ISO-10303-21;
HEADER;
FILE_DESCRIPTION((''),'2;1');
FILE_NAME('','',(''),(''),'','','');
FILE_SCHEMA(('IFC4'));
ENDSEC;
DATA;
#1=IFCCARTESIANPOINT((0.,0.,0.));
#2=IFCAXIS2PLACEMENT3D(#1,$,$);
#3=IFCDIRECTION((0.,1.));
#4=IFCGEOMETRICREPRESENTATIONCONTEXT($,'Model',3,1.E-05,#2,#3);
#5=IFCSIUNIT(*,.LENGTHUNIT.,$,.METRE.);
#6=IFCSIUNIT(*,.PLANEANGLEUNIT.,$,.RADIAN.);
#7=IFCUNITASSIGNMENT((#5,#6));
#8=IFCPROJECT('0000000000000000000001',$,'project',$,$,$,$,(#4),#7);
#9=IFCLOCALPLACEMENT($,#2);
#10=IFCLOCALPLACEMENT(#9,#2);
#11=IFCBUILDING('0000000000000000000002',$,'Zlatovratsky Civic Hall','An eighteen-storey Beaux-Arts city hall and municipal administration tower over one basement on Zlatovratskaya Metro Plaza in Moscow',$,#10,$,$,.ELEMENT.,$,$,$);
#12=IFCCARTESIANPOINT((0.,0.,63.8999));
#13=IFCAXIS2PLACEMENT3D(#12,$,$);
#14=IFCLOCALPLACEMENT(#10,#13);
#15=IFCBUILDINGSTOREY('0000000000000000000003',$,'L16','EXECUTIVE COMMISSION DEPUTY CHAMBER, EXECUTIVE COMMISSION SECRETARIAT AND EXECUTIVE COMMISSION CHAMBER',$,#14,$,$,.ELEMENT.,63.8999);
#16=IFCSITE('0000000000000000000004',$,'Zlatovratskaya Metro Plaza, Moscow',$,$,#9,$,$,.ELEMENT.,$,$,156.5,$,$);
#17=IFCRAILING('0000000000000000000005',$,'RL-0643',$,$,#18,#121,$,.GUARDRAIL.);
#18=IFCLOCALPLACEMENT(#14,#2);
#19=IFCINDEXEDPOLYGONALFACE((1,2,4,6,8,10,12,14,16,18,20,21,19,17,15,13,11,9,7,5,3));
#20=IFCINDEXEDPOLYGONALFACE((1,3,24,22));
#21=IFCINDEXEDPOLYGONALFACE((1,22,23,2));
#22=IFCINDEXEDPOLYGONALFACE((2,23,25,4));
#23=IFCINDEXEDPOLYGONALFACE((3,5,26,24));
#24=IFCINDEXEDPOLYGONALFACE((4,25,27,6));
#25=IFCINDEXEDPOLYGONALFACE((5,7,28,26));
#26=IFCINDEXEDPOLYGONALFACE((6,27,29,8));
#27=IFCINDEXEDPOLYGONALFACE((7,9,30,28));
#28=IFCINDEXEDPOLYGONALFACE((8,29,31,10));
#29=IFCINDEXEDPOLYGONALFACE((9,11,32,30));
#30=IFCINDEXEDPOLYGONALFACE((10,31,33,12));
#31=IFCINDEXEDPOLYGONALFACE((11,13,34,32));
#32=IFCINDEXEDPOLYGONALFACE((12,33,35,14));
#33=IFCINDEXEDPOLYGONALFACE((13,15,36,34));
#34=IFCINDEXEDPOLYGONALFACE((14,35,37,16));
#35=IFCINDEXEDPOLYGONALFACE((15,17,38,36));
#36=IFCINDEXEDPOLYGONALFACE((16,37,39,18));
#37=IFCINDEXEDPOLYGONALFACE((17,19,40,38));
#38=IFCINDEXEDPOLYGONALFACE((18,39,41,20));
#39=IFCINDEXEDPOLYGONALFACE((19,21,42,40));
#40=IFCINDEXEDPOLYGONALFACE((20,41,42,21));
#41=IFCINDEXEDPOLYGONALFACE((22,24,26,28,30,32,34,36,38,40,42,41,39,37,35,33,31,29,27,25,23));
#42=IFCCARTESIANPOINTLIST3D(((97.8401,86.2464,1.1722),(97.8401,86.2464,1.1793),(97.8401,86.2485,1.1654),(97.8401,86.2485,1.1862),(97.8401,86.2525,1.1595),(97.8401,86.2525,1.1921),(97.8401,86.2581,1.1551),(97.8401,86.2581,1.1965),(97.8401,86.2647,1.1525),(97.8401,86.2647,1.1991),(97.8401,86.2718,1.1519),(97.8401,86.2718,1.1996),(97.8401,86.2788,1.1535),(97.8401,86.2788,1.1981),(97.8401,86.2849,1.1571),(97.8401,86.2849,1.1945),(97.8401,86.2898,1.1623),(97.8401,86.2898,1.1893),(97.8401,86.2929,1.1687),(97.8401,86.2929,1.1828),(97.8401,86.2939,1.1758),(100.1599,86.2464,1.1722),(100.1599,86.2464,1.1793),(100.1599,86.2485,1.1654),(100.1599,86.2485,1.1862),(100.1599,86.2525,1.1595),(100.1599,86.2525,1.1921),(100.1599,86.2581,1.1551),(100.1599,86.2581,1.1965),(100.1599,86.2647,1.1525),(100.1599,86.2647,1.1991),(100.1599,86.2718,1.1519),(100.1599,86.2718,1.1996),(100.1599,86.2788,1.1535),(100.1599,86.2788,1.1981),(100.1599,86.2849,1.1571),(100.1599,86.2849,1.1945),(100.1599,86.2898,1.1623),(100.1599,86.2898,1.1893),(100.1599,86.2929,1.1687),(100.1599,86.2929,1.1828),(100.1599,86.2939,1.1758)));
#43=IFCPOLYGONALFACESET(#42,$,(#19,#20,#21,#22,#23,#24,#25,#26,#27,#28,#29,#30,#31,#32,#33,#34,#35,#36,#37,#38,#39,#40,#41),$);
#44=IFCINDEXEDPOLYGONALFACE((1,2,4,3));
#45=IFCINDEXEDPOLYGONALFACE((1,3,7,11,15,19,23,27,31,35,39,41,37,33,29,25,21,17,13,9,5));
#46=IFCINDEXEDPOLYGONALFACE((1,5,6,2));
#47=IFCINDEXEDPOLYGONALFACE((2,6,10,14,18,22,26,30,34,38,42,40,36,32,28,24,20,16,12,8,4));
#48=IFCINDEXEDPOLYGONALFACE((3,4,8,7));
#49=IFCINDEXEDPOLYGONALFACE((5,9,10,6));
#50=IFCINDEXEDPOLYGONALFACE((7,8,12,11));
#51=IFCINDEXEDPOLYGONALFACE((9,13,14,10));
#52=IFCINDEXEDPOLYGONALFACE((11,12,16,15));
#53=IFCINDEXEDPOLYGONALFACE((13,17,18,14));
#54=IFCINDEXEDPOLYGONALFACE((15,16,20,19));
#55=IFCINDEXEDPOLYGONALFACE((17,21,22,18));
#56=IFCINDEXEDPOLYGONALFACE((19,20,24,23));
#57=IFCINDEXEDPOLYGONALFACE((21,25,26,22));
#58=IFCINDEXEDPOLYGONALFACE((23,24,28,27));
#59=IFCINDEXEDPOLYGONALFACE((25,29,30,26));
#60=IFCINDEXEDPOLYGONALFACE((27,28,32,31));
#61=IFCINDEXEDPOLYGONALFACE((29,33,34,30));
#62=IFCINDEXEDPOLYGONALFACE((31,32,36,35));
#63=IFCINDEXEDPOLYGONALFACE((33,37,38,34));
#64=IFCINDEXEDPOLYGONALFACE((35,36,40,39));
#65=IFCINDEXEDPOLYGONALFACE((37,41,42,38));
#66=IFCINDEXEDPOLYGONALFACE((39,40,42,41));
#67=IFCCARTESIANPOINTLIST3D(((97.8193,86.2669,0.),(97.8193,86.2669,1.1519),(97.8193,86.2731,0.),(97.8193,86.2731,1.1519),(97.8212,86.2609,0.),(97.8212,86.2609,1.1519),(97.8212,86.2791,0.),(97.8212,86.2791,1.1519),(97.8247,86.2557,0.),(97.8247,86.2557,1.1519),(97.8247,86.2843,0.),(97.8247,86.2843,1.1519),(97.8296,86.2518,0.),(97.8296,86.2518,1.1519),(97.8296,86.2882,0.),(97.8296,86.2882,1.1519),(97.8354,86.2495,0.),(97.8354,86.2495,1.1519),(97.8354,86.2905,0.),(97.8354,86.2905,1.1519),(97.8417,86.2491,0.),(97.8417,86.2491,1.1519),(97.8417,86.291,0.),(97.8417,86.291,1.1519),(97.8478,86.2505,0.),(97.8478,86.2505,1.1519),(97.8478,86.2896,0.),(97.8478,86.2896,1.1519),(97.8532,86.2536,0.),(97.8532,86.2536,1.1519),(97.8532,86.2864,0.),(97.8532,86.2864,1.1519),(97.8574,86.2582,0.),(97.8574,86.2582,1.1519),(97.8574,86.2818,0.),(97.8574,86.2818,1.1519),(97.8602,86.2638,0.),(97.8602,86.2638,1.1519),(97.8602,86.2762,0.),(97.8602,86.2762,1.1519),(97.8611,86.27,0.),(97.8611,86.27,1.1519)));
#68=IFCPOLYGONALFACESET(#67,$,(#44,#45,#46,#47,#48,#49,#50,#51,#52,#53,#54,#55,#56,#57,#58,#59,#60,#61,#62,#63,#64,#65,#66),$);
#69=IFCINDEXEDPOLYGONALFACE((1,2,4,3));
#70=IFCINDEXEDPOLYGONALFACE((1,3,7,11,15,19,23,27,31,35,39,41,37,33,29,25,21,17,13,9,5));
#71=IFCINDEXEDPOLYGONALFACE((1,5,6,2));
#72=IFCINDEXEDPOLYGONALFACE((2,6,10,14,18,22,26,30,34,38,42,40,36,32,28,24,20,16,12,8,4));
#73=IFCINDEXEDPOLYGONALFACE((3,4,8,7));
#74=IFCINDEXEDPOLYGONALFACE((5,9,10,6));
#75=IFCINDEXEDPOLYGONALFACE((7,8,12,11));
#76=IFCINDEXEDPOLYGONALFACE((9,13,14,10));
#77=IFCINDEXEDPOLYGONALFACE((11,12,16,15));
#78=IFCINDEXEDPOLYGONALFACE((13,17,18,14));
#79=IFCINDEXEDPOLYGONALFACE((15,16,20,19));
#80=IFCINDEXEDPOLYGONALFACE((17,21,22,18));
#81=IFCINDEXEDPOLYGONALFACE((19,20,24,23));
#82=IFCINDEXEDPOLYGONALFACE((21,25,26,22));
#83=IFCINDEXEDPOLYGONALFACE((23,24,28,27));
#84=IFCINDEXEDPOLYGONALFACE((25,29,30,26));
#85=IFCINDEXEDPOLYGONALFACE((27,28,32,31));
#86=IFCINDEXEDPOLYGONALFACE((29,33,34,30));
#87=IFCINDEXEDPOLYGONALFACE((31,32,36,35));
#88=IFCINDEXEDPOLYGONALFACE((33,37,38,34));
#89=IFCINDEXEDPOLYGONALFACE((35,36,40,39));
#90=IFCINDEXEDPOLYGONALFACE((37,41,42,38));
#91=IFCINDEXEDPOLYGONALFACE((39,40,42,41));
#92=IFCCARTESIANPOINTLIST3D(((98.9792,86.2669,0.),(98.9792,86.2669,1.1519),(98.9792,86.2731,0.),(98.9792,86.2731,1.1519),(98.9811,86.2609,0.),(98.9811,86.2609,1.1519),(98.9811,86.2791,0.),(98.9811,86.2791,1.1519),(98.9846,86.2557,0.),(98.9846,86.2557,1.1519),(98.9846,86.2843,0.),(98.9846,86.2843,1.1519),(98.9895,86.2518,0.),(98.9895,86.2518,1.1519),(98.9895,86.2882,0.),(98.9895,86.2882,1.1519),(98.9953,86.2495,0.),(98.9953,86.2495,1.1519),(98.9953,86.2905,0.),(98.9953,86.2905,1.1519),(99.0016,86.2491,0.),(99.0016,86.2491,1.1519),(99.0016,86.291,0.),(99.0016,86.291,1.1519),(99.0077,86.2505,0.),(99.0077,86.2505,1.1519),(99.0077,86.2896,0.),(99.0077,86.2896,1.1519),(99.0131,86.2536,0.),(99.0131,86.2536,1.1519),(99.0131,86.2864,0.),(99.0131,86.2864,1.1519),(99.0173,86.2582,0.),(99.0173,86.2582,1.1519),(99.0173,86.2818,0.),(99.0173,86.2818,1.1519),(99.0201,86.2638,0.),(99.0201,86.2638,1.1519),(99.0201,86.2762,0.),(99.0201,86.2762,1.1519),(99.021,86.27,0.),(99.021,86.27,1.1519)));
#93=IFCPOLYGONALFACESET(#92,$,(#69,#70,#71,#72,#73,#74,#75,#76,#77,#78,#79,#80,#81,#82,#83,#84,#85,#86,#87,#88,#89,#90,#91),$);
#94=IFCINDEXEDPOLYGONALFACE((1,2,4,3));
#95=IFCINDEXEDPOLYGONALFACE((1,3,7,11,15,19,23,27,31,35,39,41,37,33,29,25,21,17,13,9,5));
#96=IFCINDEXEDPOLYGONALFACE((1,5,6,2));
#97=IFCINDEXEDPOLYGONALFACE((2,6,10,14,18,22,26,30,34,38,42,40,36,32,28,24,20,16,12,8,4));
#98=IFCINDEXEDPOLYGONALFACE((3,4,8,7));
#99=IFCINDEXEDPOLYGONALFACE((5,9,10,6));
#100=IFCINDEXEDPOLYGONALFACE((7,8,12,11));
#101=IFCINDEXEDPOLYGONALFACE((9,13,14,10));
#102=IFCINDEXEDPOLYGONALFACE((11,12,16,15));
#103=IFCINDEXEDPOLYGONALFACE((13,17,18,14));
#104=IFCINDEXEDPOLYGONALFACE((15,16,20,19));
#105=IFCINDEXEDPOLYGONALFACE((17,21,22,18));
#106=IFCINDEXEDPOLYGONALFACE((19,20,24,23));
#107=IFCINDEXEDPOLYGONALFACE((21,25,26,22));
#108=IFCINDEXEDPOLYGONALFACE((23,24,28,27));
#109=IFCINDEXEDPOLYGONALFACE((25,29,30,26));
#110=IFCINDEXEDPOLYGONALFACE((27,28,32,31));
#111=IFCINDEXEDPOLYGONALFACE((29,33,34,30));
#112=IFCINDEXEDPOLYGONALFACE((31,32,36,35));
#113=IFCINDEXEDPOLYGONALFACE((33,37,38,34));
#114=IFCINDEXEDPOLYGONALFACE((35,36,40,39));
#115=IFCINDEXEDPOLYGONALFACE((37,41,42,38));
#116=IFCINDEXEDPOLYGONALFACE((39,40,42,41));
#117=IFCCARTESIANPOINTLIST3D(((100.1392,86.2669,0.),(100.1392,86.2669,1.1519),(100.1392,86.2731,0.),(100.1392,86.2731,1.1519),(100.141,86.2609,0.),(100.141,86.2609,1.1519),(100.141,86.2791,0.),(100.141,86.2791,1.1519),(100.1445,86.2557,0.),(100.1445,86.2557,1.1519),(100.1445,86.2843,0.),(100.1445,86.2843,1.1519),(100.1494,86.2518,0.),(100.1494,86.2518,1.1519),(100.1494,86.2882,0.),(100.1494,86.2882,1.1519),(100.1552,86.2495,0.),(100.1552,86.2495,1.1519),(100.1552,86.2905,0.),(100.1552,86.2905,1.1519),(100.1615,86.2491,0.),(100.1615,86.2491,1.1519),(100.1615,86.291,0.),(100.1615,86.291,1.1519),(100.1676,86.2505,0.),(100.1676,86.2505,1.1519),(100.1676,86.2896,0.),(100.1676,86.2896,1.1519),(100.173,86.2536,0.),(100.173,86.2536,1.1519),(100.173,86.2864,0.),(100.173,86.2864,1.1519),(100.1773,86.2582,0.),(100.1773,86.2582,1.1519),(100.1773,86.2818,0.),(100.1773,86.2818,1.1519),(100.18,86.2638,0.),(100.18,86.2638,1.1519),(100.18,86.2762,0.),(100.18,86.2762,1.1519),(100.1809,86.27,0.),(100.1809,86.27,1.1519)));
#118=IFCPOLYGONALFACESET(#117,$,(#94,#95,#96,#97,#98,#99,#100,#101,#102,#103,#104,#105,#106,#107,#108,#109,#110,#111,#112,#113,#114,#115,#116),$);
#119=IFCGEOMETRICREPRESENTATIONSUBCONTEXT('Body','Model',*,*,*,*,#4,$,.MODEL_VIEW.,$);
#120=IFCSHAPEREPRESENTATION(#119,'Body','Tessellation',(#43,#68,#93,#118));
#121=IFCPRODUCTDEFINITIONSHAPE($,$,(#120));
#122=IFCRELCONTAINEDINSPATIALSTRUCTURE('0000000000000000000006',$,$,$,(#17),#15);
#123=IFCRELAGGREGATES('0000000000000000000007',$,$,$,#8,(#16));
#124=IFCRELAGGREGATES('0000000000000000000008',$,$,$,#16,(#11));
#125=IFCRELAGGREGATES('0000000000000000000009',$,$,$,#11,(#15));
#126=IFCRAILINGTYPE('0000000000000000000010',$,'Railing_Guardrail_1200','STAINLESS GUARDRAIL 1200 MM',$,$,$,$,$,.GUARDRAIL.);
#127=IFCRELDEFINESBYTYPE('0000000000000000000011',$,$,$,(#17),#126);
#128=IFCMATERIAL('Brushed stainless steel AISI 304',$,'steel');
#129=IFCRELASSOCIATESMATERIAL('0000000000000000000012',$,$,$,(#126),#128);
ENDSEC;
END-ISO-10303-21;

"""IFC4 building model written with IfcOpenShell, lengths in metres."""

from ifc_helpers import new_model, si_unit, direction, frame, origin, origin_2d, place, context, subcontext, project, spatial, circle, extrude, material, type_object, element, save


model = new_model("IFC4")

# Units and contexts
model_context = context("Model", 3, precision=1e-05, world=origin(), true_north=direction((0.0, 1.0)))
body_context = subcontext(model_context, "Body", "Model", "MODEL_VIEW")
ifc_project = project(units=[si_unit("LENGTHUNIT", "METRE"), si_unit("PLANEANGLEUNIT", "RADIAN")], contexts=[model_context])

# Site, building, storey
site_placement = place(None, origin())
site = spatial("IfcSite", under=ifc_project, at=site_placement, Name="Zlatovratskaya Metro Plaza, Moscow", CompositionType="ELEMENT", RefElevation=156.5)
building_placement = place(site_placement, origin())
building = spatial("IfcBuilding", under=site, at=building_placement, Name="Zlatovratsky Civic Hall", Description="An eighteen-storey Beaux-Arts city hall and municipal administration tower over one basement on Zlatovratskaya Metro Plaza in Moscow", CompositionType="ELEMENT")
storey_placement = place(building_placement, frame((0.0, 0.0, 63.8999)))
storey = spatial("IfcBuildingStorey", under=building, at=storey_placement, Name="L16", Description="EXECUTIVE COMMISSION DEPUTY CHAMBER, EXECUTIVE COMMISSION SECRETARIAT AND EXECUTIVE COMMISSION CHAMBER", CompositionType="ELEMENT", Elevation=63.8999)

# Railing
ifc_material_1 = material(Name="Brushed stainless steel AISI 304", Category="steel")
railing_type_1 = type_object("IfcRailingType", Name="Railing_Guardrail_1200", Description="STAINLESS GUARDRAIL 1200 MM", PredefinedType="GUARDRAIL", material=ifc_material_1)
railing_1_placement = place(storey_placement, frame((97.8401, 86.27, 0.0)))
element("IfcRailing", 1, at=railing_1_placement, inside=storey, type_object=railing_type_1, Name="RL-0643", PredefinedType="GUARDRAIL", context=body_context, shape_type="SweptSolid", body=[
    extrude(circle(Radius=0.0239, at=origin_2d()), frame((0.0, 0.0, 1.1758), z_axis=(1.0, 0.0, 0.0), x_axis=(0.0, 1.0, 0.0)), (0.0, 0.0, 1.0), 2.3198),
    extrude(circle(Radius=0.021, at=origin_2d()), origin(), (0.0, 0.0, 1.0), 1.1519),
    extrude(circle(Radius=0.021, at=origin_2d()), frame((1.1599, 0.0, 0.0)), (0.0, 0.0, 1.0), 1.1519),
    extrude(circle(Radius=0.021, at=origin_2d()), frame((2.3198, 0.0, 0.0)), (0.0, 0.0, 1.0), 1.1519),
])

save(model, "model.ifc")
